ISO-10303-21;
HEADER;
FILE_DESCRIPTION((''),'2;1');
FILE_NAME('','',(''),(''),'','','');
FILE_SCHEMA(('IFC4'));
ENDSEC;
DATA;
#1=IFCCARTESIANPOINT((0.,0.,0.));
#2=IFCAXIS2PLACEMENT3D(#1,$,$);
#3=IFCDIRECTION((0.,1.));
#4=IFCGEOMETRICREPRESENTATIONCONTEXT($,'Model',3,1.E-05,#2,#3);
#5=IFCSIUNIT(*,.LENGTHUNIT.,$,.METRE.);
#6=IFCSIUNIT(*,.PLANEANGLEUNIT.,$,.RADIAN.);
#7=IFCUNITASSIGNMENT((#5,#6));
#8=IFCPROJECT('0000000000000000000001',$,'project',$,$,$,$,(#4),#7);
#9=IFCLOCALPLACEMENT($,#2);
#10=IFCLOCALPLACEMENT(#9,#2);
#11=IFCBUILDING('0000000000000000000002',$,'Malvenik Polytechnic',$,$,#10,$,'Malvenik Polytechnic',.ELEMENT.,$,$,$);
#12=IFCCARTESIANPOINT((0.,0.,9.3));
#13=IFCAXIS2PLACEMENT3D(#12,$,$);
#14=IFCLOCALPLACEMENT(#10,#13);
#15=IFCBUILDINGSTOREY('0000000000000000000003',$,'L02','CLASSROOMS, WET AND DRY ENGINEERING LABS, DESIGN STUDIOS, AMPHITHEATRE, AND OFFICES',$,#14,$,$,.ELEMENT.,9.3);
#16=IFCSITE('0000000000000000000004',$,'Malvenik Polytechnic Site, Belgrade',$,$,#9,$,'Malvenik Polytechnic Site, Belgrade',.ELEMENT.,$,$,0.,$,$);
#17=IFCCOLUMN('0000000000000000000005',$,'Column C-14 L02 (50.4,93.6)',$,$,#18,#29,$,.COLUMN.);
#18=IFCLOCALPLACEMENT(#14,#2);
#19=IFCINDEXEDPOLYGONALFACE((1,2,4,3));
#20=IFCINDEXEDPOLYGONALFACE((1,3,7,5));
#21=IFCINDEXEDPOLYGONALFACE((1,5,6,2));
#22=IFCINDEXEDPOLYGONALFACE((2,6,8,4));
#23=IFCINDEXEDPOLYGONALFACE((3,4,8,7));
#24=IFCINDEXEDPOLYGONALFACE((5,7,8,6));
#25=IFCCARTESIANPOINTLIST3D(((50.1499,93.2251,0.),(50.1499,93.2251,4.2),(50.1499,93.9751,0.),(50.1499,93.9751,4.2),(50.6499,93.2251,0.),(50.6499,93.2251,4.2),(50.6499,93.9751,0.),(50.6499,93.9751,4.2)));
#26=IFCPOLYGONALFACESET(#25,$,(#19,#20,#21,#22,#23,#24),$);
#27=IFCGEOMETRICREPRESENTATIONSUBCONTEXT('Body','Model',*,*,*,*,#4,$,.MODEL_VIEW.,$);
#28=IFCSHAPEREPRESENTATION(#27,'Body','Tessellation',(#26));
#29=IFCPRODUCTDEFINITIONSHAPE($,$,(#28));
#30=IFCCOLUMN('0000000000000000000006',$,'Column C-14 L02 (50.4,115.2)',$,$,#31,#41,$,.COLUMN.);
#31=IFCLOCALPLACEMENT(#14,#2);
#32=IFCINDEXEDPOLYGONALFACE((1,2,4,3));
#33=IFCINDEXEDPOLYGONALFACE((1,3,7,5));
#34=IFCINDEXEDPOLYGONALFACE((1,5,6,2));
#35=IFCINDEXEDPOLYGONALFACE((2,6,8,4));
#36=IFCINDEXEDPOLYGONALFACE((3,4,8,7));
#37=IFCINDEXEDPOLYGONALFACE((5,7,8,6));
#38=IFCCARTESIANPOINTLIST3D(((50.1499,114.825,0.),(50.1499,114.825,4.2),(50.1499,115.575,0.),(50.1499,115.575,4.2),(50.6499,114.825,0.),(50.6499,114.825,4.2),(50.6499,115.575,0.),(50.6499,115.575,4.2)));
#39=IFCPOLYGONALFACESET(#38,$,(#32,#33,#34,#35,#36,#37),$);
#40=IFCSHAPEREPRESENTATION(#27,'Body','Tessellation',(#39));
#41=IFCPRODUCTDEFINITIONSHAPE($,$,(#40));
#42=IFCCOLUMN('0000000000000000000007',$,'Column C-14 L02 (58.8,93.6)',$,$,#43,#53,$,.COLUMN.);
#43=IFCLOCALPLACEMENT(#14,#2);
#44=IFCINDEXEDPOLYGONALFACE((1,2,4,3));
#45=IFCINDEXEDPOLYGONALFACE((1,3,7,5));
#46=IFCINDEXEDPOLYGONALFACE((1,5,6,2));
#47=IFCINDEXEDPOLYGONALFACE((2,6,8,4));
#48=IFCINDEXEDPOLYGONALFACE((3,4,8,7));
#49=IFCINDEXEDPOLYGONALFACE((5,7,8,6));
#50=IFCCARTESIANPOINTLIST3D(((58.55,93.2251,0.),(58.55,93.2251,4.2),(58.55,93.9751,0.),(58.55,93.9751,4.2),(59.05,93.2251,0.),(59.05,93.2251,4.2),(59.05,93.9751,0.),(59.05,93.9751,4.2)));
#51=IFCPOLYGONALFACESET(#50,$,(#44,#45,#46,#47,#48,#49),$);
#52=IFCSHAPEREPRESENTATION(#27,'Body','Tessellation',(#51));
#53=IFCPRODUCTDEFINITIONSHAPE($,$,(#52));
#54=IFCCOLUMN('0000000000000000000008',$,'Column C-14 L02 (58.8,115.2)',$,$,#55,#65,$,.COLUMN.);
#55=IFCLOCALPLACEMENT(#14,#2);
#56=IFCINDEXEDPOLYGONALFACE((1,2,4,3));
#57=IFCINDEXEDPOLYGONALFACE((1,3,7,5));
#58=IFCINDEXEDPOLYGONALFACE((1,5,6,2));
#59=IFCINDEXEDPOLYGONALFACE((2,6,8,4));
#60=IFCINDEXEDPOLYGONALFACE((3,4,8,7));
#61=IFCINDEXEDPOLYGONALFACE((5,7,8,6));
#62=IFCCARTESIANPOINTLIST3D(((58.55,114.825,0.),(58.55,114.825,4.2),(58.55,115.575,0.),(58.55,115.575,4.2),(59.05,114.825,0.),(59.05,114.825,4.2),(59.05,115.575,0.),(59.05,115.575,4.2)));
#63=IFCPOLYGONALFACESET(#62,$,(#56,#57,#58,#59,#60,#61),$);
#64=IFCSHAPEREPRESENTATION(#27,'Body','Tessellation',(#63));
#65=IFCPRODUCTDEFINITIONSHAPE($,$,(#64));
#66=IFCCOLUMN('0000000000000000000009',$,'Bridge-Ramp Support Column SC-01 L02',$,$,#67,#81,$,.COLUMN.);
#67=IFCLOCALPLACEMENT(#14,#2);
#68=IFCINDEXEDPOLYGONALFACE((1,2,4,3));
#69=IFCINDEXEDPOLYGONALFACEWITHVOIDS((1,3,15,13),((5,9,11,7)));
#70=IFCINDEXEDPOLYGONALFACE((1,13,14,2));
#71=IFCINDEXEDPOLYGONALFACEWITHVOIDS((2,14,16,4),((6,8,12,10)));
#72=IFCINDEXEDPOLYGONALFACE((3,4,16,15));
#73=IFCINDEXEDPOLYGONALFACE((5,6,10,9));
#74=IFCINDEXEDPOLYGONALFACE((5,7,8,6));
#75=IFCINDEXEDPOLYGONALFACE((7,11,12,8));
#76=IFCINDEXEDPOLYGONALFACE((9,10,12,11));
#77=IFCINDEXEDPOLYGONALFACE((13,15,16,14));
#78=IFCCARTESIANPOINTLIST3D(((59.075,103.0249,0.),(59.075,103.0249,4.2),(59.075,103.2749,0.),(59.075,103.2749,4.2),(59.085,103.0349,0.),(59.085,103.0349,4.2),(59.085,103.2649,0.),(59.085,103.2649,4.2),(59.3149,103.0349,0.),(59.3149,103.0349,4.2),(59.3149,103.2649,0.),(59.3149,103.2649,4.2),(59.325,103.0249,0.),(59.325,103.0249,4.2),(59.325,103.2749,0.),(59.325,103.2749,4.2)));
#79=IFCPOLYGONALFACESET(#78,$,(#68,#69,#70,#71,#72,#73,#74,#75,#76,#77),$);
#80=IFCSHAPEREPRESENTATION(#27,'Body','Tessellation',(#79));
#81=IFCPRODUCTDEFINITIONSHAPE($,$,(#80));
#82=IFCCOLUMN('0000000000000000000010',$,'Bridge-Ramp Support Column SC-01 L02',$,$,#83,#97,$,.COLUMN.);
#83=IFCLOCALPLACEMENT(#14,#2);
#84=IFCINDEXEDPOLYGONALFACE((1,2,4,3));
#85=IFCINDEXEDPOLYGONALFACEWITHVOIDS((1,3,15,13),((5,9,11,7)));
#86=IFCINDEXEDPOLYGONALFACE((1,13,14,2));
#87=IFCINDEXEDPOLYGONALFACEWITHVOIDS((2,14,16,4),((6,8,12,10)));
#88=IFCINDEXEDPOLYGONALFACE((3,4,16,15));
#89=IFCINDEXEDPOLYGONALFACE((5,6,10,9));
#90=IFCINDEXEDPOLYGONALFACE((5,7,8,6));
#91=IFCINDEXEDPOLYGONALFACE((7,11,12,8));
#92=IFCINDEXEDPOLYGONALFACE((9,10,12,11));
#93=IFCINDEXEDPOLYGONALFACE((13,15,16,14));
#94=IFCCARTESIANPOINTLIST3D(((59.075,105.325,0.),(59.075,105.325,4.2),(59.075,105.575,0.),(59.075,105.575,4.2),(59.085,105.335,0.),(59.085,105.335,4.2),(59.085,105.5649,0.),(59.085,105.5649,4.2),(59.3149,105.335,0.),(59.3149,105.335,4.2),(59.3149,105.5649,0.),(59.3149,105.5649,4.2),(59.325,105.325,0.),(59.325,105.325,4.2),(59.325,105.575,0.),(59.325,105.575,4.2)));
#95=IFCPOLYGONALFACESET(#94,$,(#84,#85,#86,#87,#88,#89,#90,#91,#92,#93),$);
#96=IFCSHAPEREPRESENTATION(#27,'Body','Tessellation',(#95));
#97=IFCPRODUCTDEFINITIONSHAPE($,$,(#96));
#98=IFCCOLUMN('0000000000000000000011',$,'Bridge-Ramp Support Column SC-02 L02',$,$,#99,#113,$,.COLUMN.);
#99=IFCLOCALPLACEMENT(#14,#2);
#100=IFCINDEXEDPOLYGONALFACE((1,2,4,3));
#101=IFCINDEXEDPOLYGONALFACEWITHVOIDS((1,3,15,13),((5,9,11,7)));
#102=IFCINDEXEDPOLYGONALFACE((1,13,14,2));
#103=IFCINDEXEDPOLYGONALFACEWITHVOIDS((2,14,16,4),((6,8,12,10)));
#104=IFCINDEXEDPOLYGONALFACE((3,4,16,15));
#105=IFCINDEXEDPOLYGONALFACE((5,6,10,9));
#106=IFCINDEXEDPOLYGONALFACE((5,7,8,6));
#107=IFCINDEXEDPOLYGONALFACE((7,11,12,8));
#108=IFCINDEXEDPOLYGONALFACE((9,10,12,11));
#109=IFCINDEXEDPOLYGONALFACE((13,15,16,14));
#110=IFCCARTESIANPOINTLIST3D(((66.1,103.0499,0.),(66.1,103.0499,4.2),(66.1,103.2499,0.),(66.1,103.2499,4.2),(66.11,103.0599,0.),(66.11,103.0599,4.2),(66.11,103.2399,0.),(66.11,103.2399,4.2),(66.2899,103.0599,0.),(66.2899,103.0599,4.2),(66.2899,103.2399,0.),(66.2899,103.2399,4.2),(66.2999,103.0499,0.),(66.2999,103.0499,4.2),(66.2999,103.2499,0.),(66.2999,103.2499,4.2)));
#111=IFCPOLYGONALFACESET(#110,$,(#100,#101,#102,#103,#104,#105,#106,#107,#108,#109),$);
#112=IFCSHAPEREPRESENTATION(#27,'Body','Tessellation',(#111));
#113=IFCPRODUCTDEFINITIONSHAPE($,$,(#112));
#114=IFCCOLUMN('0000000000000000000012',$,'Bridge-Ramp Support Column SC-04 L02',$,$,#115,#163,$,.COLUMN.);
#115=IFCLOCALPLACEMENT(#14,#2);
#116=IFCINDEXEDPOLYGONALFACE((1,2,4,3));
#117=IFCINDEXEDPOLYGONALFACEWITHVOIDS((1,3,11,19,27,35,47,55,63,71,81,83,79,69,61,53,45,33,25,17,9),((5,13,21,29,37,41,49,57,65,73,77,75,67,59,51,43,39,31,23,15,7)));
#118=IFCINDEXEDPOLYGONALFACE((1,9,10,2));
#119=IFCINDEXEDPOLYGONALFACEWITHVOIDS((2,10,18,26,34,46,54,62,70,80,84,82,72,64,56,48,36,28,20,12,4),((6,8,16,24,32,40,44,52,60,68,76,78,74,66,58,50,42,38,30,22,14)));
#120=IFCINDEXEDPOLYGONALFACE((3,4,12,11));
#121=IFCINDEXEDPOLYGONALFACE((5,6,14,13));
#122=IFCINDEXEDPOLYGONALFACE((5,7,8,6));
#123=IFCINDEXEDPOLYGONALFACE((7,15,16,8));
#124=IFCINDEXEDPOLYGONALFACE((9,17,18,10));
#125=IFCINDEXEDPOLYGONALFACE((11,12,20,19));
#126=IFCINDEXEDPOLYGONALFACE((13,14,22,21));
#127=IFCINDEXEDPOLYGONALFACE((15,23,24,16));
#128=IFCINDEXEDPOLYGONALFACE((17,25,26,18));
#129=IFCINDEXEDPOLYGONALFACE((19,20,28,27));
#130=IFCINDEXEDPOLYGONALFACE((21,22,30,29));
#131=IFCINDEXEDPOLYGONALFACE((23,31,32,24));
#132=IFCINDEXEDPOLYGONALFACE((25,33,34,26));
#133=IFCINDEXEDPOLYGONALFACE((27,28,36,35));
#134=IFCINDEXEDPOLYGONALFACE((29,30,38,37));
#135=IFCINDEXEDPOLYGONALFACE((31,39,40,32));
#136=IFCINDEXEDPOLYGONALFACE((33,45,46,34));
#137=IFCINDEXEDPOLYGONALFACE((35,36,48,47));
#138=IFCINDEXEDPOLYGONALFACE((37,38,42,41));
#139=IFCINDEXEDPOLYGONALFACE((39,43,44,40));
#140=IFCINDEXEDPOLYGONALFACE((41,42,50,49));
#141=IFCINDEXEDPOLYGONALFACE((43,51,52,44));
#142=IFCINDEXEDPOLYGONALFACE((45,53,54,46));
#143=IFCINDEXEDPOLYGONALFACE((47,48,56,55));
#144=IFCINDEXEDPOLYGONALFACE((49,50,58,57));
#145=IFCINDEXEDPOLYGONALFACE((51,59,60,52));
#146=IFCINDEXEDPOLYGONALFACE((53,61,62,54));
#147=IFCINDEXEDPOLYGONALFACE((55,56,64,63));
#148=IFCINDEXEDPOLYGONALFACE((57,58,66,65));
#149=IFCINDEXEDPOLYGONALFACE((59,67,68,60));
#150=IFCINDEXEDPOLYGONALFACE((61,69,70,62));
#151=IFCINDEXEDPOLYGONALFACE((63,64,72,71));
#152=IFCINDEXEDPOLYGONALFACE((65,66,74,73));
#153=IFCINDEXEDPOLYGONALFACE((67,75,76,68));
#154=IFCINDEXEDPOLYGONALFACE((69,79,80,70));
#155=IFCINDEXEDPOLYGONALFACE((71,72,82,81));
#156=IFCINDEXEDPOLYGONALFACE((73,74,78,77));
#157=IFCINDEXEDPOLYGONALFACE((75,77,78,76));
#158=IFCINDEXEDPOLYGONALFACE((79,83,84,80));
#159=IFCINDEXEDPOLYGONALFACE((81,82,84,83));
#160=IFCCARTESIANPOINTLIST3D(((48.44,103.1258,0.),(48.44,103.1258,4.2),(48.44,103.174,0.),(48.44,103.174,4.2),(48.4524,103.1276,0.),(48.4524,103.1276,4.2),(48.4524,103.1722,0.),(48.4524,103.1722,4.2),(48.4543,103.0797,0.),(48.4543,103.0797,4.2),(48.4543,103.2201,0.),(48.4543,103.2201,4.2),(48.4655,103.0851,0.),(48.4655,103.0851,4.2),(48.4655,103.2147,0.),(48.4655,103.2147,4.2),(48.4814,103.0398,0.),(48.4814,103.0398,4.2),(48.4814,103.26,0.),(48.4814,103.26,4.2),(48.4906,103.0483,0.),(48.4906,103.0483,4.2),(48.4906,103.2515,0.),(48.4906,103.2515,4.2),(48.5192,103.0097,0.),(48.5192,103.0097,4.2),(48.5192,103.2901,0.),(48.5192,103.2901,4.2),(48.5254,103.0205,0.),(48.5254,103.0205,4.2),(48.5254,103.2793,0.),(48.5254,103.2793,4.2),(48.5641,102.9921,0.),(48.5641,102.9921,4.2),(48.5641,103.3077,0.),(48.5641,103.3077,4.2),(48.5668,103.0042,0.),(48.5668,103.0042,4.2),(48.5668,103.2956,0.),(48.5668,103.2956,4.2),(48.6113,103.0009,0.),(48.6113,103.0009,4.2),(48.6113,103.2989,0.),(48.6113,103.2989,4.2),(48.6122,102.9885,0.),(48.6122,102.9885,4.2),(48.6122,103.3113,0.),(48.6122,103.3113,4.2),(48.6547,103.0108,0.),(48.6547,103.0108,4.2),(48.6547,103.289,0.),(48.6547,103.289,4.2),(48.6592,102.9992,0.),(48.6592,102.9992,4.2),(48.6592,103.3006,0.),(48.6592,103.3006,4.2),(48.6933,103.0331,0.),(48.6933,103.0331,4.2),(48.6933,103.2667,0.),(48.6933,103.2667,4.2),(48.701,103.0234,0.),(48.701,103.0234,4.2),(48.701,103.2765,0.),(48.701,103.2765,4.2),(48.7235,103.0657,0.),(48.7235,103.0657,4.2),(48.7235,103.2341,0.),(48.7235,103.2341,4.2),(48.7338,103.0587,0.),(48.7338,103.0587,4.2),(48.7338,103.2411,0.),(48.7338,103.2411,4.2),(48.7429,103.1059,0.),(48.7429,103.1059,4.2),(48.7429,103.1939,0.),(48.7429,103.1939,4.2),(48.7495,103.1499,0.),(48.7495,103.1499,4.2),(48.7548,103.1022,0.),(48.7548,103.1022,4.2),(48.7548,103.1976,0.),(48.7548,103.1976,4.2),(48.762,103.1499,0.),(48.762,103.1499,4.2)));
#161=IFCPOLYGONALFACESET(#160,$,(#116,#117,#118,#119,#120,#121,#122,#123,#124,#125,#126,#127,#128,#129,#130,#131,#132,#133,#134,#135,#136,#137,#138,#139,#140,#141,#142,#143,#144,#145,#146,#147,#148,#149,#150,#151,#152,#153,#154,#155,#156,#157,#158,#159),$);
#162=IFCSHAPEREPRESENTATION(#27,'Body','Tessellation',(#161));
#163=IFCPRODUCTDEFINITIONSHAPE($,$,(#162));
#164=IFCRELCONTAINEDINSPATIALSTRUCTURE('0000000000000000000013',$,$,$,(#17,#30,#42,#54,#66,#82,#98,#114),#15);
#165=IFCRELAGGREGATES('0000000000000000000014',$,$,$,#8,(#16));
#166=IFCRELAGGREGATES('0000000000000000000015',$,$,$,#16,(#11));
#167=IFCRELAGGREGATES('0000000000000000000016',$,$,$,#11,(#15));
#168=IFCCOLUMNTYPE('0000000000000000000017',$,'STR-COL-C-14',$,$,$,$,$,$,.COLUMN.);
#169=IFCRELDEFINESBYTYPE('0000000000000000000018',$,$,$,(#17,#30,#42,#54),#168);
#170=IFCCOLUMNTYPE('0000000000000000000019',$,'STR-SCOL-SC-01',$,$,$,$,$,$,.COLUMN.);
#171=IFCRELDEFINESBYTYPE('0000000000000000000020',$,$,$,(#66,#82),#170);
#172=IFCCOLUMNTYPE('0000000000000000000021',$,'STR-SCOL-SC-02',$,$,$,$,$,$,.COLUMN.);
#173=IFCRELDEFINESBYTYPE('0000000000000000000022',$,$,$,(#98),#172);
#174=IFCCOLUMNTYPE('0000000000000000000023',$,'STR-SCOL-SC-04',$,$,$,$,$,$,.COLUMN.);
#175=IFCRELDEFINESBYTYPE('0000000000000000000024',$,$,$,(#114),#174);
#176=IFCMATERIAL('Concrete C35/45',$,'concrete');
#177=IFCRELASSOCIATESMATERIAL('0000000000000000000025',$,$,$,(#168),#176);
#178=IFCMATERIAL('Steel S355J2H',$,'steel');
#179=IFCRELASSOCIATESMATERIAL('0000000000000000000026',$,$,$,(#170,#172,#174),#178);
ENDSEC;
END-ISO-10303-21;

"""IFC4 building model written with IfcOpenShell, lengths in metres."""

from ifc_helpers import new_model, si_unit, direction, frame, origin, origin_2d, place, context, subcontext, project, spatial, rectangle, hollow_rectangle, hollow_circle, extrude, material, material_profile, profile_set, type_object, element, save


model = new_model("IFC4")

# Units and contexts
model_context = context("Model", 3, precision=1e-05, world=origin(), true_north=direction((0.0, 1.0)))
body_context = subcontext(model_context, "Body", "Model", "MODEL_VIEW")
ifc_project = project(units=[si_unit("LENGTHUNIT", "METRE"), si_unit("PLANEANGLEUNIT", "RADIAN")], contexts=[model_context])

# Site, building, storey
site_placement = place(None, origin())
site = spatial("IfcSite", under=ifc_project, at=site_placement, Name="Malvenik Polytechnic Site, Belgrade", LongName="Malvenik Polytechnic Site, Belgrade", CompositionType="ELEMENT", RefElevation=0.0)
building_placement = place(site_placement, origin())
building = spatial("IfcBuilding", under=site, at=building_placement, Name="Malvenik Polytechnic", LongName="Malvenik Polytechnic", CompositionType="ELEMENT")
storey_placement = place(building_placement, frame((0.0, 0.0, 9.3)))
storey = spatial("IfcBuildingStorey", under=building, at=storey_placement, Name="L02", Description="CLASSROOMS, WET AND DRY ENGINEERING LABS, DESIGN STUDIOS, AMPHITHEATRE, AND OFFICES", CompositionType="ELEMENT", Elevation=9.3)

# Columns
ifc_material_1 = material(Name="Concrete C35/45", Category="concrete")
ifc_material_profile_1 = material_profile(ifc_material_1, rectangle(XDim=0.5, YDim=0.75, at=origin_2d()), Name="RC COL 750x500")
ifc_profile_set_1 = profile_set([ifc_material_profile_1], Name="Concrete C35/45")
column_type_1 = type_object("IfcColumnType", Name="STR-COL-C-14", PredefinedType="COLUMN", material=ifc_profile_set_1)
for number, where, z_axis, x_axis, name in (
    (1, (50.3999, 93.6001, 0.0), (0.0, 0.0, 1.0), (1.0, 0.0, 0.0), "Column C-14 L02 (50.4,93.6)"),
    (2, (50.3999, 115.2, 0.0), (0.0, 0.0, 1.0), (1.0, 0.0, 0.0), "Column C-14 L02 (50.4,115.2)"),
    (3, (58.8, 93.6001, 0.0), (0.0, 0.0, 1.0), (1.0, 0.0, 0.0), "Column C-14 L02 (58.8,93.6)"),
    (4, (58.8, 115.2, 0.0), (0.0, 0.0, 1.0), (1.0, 0.0, 0.0), "Column C-14 L02 (58.8,115.2)"),
):
    element("IfcColumn", number, at=place(storey_placement, frame(where, z_axis=z_axis, x_axis=x_axis)), inside=storey, type_object=column_type_1, Name=name, PredefinedType="COLUMN", context=body_context, shape_type="SweptSolid", body=[
        extrude(rectangle(XDim=0.5, YDim=0.75, at=origin_2d()), origin(), (0.0, 0.0, 1.0), 4.2),
    ])
ifc_material_2 = material(Name="Steel S355J2H", Category="steel")
ifc_material_profile_2 = material_profile(ifc_material_2, hollow_rectangle(XDim=0.25, YDim=0.25, WallThickness=0.01, at=origin_2d()), Name="SHS 250x250x10.0")
ifc_profile_set_2 = profile_set([ifc_material_profile_2], Name="Steel S355J2H")
column_type_2 = type_object("IfcColumnType", Name="STR-SCOL-SC-01", PredefinedType="COLUMN", material=ifc_profile_set_2)
for number, where, z_axis, x_axis, name in (
    (5, (59.2, 103.1499, 0.0), (0.0, 0.0, 1.0), (1.0, 0.0, 0.0), "Bridge-Ramp Support Column SC-01 L02"),
    (6, (59.2, 105.45, 0.0), (0.0, 0.0, 1.0), (1.0, 0.0, 0.0), "Bridge-Ramp Support Column SC-01 L02"),
):
    element("IfcColumn", number, at=place(storey_placement, frame(where, z_axis=z_axis, x_axis=x_axis)), inside=storey, type_object=column_type_2, Name=name, PredefinedType="COLUMN", context=body_context, shape_type="SweptSolid", body=[
        extrude(hollow_rectangle(XDim=0.25, YDim=0.25, WallThickness=0.01, at=origin_2d()), origin(), (0.0, 0.0, 1.0), 4.2),
    ])
ifc_material_profile_3 = material_profile(ifc_material_2, hollow_rectangle(XDim=0.2, YDim=0.2, WallThickness=0.01, at=origin_2d()), Name="SHS 200x200x10.0")
ifc_profile_set_3 = profile_set([ifc_material_profile_3], Name="Steel S355J2H")
column_type_3 = type_object("IfcColumnType", Name="STR-SCOL-SC-02", PredefinedType="COLUMN", material=ifc_profile_set_3)
column_placement = place(storey_placement, frame((66.2, 103.1499, 0.0), z_axis=(0.0, 0.0, 1.0), x_axis=(1.0, 0.0, 0.0)))
element("IfcColumn", 7, at=column_placement, inside=storey, type_object=column_type_3, Name="Bridge-Ramp Support Column SC-02 L02", PredefinedType="COLUMN", context=body_context, shape_type="SweptSolid", body=[
    extrude(hollow_rectangle(XDim=0.2, YDim=0.2, WallThickness=0.01, at=origin_2d()), origin(), (0.0, 0.0, 1.0), 4.2),
])
ifc_material_profile_4 = material_profile(ifc_material_2, hollow_circle(Radius=0.1619, WallThickness=0.0125, at=origin_2d()), Name="CHS 323.9x12.5")
ifc_profile_set_4 = profile_set([ifc_material_profile_4], Name="Steel S355J2H")
column_type_4 = type_object("IfcColumnType", Name="STR-SCOL-SC-04", PredefinedType="COLUMN", material=ifc_profile_set_4)
for number, where, z_axis, x_axis, name in (
    (8, (48.6001, 103.1499, 0.0), (0.0, 0.0, 1.0), (1.0, 0.0, 0.0), "Bridge-Ramp Support Column SC-04 L02"),
):
    element("IfcColumn", number, at=place(storey_placement, frame(where, z_axis=z_axis, x_axis=x_axis)), inside=storey, type_object=column_type_4, Name=name, PredefinedType="COLUMN", context=body_context, shape_type="SweptSolid", body=[
        extrude(hollow_circle(Radius=0.1619, WallThickness=0.0125, at=origin_2d()), origin(), (0.0, 0.0, 1.0), 4.2),
    ])

save(model, "model.ifc")
